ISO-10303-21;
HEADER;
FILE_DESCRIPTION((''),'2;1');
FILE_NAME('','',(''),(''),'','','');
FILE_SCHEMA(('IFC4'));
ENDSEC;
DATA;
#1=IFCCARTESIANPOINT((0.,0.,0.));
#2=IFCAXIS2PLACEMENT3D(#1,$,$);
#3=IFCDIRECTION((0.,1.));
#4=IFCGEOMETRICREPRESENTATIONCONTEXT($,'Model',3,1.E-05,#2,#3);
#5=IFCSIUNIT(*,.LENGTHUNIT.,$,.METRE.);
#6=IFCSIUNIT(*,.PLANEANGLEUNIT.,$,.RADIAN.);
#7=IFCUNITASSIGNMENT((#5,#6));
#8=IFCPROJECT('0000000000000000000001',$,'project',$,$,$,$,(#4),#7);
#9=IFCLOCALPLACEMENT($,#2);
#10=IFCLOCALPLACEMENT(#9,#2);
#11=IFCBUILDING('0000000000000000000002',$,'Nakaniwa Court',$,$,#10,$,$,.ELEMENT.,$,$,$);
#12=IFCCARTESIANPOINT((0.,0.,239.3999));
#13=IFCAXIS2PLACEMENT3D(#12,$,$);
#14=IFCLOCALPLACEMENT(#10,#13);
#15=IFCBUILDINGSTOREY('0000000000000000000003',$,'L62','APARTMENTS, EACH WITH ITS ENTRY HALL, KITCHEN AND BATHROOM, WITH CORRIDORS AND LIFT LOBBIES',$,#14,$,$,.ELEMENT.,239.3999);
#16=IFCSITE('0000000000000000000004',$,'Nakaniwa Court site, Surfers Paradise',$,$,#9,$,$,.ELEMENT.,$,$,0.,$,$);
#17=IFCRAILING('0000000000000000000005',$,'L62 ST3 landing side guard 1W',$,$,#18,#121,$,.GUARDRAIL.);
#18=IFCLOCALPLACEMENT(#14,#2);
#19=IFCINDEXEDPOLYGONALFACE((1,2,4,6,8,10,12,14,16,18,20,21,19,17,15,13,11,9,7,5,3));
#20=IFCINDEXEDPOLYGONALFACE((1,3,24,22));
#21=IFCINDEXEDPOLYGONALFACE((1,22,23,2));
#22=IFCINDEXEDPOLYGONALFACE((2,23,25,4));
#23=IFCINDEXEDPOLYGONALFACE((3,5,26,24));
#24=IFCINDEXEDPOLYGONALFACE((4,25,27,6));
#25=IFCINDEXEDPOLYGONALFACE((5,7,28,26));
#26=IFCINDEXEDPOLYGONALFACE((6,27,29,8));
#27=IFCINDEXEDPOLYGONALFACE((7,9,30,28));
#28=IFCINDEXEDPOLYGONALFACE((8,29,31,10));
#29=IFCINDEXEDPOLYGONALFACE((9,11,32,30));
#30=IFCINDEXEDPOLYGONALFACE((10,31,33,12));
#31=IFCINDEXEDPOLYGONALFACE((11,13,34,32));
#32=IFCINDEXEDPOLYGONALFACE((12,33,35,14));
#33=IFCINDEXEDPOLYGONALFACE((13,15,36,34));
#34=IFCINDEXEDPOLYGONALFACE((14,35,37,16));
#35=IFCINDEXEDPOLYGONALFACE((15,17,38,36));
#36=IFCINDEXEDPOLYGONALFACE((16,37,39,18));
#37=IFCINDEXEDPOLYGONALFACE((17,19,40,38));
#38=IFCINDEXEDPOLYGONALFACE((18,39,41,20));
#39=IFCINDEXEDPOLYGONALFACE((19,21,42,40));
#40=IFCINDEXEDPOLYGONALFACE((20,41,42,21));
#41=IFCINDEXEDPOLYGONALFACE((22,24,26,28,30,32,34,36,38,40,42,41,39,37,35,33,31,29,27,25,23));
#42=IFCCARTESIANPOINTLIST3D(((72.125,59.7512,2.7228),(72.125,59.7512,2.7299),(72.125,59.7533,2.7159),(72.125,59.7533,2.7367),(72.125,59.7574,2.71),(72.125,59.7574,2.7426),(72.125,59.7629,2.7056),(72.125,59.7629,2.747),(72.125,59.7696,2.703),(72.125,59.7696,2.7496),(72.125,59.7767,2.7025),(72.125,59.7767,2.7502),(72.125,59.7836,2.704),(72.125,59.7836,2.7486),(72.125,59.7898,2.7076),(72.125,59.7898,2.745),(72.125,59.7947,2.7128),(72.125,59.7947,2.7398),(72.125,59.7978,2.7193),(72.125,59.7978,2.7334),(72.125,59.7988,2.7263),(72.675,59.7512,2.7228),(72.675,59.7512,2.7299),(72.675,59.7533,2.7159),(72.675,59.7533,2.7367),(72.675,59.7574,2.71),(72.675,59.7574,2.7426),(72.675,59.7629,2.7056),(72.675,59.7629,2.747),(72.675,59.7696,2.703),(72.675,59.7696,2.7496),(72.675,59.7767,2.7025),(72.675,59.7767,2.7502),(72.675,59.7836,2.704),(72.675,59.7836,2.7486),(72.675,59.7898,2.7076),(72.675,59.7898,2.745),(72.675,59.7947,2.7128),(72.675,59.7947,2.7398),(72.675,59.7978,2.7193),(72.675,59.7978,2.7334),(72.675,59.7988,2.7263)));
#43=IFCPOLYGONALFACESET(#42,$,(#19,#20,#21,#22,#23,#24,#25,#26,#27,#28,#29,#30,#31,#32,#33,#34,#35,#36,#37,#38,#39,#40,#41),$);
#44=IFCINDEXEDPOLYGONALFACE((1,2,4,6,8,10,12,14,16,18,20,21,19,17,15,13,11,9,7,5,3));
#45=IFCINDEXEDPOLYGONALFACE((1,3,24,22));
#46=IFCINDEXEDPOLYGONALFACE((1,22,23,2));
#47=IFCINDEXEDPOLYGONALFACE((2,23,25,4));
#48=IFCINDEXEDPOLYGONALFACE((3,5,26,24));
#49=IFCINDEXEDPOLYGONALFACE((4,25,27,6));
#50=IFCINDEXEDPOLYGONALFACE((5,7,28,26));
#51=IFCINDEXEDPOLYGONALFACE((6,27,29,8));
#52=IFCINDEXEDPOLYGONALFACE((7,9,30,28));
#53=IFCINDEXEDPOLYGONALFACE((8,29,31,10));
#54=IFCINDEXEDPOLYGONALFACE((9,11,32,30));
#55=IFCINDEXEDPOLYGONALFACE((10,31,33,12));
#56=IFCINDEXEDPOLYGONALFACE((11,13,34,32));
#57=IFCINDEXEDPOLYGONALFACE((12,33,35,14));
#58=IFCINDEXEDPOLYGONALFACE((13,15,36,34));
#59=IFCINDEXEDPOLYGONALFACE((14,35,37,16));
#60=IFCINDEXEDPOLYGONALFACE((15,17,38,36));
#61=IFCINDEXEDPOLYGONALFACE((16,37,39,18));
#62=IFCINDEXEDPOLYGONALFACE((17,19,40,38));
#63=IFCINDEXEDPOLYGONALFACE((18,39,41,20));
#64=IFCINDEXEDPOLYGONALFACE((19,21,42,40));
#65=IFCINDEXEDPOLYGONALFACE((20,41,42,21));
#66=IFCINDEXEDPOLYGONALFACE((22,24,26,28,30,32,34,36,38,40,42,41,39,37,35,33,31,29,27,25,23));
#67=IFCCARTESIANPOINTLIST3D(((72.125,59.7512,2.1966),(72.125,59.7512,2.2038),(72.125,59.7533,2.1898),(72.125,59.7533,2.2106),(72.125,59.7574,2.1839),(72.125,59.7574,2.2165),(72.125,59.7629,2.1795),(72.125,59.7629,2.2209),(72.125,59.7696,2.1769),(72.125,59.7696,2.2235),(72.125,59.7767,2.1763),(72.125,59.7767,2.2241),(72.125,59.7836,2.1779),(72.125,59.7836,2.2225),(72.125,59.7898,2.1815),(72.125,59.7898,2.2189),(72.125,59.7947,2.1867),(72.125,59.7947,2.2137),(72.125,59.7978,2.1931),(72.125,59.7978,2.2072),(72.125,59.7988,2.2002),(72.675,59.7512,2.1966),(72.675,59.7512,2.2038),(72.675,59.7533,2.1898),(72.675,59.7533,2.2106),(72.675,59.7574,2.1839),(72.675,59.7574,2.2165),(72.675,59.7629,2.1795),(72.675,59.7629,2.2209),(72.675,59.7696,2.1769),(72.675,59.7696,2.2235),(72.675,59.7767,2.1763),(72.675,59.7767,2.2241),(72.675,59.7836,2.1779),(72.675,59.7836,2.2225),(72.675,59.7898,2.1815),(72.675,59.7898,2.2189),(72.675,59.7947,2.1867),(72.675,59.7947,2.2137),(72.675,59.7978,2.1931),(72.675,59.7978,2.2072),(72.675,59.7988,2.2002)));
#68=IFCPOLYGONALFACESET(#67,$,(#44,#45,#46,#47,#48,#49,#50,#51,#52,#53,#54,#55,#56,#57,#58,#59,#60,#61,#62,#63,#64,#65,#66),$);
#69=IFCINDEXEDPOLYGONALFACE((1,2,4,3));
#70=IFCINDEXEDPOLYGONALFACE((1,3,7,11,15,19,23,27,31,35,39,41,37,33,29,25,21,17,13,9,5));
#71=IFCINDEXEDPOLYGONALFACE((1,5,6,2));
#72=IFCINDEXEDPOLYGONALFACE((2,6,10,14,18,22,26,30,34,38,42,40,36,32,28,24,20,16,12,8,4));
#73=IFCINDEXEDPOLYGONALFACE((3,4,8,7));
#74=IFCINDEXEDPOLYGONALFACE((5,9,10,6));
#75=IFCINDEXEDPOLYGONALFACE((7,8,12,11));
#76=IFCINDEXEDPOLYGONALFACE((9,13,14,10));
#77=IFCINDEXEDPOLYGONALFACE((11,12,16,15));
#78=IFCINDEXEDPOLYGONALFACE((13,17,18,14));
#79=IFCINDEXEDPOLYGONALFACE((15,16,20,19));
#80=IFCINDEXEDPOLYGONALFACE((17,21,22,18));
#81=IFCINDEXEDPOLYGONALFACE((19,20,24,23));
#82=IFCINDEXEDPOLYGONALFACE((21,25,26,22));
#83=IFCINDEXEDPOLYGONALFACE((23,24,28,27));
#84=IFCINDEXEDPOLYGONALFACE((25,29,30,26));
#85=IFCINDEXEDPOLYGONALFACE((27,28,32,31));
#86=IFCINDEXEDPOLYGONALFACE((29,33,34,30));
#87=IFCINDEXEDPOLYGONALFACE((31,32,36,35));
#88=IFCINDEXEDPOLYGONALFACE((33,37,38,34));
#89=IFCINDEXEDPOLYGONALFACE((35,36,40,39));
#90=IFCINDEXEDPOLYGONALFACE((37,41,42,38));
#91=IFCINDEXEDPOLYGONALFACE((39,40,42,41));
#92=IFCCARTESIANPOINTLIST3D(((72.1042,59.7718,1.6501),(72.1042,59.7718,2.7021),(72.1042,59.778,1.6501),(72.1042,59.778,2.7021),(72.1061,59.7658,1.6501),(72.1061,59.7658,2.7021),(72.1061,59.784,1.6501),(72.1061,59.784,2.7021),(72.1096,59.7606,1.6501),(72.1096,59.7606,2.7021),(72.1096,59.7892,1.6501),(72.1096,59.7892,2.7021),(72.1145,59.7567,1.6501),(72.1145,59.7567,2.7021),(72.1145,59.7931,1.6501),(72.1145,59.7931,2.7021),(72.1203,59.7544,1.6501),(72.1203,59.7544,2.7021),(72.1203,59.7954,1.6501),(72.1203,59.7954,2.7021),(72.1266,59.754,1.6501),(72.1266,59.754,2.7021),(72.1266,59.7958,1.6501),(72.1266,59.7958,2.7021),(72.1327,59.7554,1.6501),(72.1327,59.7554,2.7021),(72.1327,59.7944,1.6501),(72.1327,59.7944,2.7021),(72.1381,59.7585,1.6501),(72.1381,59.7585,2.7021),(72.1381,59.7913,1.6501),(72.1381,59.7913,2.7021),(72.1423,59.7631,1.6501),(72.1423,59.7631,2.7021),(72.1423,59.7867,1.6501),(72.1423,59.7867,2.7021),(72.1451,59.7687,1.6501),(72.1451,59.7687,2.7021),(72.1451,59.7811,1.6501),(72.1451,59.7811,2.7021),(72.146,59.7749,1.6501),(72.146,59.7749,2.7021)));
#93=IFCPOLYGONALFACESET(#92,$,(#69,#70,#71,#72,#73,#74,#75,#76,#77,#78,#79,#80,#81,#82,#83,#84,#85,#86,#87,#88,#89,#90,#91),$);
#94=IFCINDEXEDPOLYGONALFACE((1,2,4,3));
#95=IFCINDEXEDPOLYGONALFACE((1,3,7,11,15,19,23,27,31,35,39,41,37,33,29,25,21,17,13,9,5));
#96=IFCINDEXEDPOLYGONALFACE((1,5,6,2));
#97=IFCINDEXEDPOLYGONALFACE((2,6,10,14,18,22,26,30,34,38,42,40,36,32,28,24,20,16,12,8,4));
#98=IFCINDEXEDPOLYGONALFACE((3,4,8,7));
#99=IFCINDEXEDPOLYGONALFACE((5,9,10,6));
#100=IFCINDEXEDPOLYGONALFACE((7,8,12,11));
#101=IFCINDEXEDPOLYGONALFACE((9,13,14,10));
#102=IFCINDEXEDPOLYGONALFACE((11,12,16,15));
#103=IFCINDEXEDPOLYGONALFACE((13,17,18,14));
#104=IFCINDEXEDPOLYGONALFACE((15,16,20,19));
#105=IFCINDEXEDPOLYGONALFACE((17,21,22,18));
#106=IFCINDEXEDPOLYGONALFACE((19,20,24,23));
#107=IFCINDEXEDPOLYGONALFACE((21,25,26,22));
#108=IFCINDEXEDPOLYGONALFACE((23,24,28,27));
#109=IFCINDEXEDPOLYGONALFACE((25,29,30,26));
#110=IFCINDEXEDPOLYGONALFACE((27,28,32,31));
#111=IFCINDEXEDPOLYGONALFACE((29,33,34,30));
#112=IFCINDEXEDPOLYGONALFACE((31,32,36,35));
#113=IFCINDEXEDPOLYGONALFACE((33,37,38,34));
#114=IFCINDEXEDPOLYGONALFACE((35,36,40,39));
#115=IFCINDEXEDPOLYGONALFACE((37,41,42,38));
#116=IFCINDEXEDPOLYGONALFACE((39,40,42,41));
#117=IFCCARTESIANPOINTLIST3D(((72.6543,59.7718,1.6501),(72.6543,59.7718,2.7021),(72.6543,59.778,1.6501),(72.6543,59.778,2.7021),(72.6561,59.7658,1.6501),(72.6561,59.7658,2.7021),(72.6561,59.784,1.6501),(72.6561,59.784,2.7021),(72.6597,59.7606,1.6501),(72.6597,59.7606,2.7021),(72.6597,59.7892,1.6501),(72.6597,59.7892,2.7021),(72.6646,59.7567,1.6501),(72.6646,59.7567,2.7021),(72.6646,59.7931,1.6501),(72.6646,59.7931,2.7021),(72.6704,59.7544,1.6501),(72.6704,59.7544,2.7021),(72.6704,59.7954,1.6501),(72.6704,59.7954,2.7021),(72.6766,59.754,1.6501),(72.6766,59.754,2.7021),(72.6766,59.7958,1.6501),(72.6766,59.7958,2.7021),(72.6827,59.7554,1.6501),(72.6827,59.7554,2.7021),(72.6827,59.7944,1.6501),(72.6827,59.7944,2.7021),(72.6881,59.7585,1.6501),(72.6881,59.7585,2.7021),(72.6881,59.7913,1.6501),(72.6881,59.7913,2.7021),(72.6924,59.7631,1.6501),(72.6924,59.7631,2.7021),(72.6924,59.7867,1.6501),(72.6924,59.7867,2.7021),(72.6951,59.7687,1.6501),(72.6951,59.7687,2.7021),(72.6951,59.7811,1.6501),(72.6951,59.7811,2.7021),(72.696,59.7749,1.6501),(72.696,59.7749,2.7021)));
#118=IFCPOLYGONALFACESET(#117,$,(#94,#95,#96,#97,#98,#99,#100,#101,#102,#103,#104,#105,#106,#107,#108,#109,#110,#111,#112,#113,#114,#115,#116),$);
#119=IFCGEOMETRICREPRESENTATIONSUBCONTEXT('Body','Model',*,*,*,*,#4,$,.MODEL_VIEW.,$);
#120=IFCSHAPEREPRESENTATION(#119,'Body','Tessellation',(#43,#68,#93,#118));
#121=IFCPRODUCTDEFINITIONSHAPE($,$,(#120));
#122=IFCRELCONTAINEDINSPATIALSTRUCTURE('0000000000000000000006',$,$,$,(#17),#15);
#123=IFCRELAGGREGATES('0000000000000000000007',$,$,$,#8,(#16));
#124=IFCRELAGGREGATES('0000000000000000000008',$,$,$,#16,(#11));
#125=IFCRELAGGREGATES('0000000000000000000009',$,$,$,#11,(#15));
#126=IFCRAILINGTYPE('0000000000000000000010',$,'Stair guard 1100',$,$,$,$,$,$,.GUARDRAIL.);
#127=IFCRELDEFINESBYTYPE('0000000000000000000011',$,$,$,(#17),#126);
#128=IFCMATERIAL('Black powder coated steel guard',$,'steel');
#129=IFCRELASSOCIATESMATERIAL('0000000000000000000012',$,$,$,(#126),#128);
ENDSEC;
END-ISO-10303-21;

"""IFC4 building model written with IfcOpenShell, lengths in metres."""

from ifc_helpers import new_model, si_unit, direction, frame, origin, origin_2d, place, context, subcontext, project, spatial, circle, extrude, material, type_object, element, save


model = new_model("IFC4")

# Units and contexts
model_context = context("Model", 3, precision=1e-05, world=origin(), true_north=direction((0.0, 1.0)))
body_context = subcontext(model_context, "Body", "Model", "MODEL_VIEW")
ifc_project = project(units=[si_unit("LENGTHUNIT", "METRE"), si_unit("PLANEANGLEUNIT", "RADIAN")], contexts=[model_context])

# Site, building, storey
site_placement = place(None, origin())
site = spatial("IfcSite", under=ifc_project, at=site_placement, Name="Nakaniwa Court site, Surfers Paradise", CompositionType="ELEMENT", RefElevation=0.0)
building_placement = place(site_placement, origin())
building = spatial("IfcBuilding", under=site, at=building_placement, Name="Nakaniwa Court", CompositionType="ELEMENT")
storey_placement = place(building_placement, frame((0.0, 0.0, 239.3999)))
storey = spatial("IfcBuildingStorey", under=building, at=storey_placement, Name="L62", Description="APARTMENTS, EACH WITH ITS ENTRY HALL, KITCHEN AND BATHROOM, WITH CORRIDORS AND LIFT LOBBIES", CompositionType="ELEMENT", Elevation=239.3999)

# Railing
ifc_material_1 = material(Name="Black powder coated steel guard", Category="steel")
railing_type_1 = type_object("IfcRailingType", Name="Stair guard 1100", PredefinedType="GUARDRAIL", material=ifc_material_1)
for number, where, name in (
    (1, (72.125, 59.7749, 1.6501), "L62 ST3 landing side guard 1W"),
):
    element("IfcRailing", number, at=place(storey_placement, frame(where)), inside=storey, type_object=railing_type_1, Name=name, PredefinedType="GUARDRAIL", context=body_context, shape_type="SweptSolid", body=[
        extrude(circle(Radius=0.0239, at=origin_2d()), frame((0.0, 0.0, 1.0762), z_axis=(1.0, 0.0, 0.0), x_axis=(0.0, 1.0, 0.0)), (0.0, 0.0, 1.0), 0.55),
        extrude(circle(Radius=0.0239, at=origin_2d()), frame((0.0, 0.0, 0.55), z_axis=(1.0, 0.0, 0.0), x_axis=(0.0, 1.0, 0.0)), (0.0, 0.0, 1.0), 0.55),
        extrude(circle(Radius=0.021, at=origin_2d()), origin(), (0.0, 0.0, 1.0), 1.052),
        extrude(circle(Radius=0.021, at=origin_2d()), frame((0.55, 0.0, 0.0)), (0.0, 0.0, 1.0), 1.052),
    ])

save(model, "model.ifc")
